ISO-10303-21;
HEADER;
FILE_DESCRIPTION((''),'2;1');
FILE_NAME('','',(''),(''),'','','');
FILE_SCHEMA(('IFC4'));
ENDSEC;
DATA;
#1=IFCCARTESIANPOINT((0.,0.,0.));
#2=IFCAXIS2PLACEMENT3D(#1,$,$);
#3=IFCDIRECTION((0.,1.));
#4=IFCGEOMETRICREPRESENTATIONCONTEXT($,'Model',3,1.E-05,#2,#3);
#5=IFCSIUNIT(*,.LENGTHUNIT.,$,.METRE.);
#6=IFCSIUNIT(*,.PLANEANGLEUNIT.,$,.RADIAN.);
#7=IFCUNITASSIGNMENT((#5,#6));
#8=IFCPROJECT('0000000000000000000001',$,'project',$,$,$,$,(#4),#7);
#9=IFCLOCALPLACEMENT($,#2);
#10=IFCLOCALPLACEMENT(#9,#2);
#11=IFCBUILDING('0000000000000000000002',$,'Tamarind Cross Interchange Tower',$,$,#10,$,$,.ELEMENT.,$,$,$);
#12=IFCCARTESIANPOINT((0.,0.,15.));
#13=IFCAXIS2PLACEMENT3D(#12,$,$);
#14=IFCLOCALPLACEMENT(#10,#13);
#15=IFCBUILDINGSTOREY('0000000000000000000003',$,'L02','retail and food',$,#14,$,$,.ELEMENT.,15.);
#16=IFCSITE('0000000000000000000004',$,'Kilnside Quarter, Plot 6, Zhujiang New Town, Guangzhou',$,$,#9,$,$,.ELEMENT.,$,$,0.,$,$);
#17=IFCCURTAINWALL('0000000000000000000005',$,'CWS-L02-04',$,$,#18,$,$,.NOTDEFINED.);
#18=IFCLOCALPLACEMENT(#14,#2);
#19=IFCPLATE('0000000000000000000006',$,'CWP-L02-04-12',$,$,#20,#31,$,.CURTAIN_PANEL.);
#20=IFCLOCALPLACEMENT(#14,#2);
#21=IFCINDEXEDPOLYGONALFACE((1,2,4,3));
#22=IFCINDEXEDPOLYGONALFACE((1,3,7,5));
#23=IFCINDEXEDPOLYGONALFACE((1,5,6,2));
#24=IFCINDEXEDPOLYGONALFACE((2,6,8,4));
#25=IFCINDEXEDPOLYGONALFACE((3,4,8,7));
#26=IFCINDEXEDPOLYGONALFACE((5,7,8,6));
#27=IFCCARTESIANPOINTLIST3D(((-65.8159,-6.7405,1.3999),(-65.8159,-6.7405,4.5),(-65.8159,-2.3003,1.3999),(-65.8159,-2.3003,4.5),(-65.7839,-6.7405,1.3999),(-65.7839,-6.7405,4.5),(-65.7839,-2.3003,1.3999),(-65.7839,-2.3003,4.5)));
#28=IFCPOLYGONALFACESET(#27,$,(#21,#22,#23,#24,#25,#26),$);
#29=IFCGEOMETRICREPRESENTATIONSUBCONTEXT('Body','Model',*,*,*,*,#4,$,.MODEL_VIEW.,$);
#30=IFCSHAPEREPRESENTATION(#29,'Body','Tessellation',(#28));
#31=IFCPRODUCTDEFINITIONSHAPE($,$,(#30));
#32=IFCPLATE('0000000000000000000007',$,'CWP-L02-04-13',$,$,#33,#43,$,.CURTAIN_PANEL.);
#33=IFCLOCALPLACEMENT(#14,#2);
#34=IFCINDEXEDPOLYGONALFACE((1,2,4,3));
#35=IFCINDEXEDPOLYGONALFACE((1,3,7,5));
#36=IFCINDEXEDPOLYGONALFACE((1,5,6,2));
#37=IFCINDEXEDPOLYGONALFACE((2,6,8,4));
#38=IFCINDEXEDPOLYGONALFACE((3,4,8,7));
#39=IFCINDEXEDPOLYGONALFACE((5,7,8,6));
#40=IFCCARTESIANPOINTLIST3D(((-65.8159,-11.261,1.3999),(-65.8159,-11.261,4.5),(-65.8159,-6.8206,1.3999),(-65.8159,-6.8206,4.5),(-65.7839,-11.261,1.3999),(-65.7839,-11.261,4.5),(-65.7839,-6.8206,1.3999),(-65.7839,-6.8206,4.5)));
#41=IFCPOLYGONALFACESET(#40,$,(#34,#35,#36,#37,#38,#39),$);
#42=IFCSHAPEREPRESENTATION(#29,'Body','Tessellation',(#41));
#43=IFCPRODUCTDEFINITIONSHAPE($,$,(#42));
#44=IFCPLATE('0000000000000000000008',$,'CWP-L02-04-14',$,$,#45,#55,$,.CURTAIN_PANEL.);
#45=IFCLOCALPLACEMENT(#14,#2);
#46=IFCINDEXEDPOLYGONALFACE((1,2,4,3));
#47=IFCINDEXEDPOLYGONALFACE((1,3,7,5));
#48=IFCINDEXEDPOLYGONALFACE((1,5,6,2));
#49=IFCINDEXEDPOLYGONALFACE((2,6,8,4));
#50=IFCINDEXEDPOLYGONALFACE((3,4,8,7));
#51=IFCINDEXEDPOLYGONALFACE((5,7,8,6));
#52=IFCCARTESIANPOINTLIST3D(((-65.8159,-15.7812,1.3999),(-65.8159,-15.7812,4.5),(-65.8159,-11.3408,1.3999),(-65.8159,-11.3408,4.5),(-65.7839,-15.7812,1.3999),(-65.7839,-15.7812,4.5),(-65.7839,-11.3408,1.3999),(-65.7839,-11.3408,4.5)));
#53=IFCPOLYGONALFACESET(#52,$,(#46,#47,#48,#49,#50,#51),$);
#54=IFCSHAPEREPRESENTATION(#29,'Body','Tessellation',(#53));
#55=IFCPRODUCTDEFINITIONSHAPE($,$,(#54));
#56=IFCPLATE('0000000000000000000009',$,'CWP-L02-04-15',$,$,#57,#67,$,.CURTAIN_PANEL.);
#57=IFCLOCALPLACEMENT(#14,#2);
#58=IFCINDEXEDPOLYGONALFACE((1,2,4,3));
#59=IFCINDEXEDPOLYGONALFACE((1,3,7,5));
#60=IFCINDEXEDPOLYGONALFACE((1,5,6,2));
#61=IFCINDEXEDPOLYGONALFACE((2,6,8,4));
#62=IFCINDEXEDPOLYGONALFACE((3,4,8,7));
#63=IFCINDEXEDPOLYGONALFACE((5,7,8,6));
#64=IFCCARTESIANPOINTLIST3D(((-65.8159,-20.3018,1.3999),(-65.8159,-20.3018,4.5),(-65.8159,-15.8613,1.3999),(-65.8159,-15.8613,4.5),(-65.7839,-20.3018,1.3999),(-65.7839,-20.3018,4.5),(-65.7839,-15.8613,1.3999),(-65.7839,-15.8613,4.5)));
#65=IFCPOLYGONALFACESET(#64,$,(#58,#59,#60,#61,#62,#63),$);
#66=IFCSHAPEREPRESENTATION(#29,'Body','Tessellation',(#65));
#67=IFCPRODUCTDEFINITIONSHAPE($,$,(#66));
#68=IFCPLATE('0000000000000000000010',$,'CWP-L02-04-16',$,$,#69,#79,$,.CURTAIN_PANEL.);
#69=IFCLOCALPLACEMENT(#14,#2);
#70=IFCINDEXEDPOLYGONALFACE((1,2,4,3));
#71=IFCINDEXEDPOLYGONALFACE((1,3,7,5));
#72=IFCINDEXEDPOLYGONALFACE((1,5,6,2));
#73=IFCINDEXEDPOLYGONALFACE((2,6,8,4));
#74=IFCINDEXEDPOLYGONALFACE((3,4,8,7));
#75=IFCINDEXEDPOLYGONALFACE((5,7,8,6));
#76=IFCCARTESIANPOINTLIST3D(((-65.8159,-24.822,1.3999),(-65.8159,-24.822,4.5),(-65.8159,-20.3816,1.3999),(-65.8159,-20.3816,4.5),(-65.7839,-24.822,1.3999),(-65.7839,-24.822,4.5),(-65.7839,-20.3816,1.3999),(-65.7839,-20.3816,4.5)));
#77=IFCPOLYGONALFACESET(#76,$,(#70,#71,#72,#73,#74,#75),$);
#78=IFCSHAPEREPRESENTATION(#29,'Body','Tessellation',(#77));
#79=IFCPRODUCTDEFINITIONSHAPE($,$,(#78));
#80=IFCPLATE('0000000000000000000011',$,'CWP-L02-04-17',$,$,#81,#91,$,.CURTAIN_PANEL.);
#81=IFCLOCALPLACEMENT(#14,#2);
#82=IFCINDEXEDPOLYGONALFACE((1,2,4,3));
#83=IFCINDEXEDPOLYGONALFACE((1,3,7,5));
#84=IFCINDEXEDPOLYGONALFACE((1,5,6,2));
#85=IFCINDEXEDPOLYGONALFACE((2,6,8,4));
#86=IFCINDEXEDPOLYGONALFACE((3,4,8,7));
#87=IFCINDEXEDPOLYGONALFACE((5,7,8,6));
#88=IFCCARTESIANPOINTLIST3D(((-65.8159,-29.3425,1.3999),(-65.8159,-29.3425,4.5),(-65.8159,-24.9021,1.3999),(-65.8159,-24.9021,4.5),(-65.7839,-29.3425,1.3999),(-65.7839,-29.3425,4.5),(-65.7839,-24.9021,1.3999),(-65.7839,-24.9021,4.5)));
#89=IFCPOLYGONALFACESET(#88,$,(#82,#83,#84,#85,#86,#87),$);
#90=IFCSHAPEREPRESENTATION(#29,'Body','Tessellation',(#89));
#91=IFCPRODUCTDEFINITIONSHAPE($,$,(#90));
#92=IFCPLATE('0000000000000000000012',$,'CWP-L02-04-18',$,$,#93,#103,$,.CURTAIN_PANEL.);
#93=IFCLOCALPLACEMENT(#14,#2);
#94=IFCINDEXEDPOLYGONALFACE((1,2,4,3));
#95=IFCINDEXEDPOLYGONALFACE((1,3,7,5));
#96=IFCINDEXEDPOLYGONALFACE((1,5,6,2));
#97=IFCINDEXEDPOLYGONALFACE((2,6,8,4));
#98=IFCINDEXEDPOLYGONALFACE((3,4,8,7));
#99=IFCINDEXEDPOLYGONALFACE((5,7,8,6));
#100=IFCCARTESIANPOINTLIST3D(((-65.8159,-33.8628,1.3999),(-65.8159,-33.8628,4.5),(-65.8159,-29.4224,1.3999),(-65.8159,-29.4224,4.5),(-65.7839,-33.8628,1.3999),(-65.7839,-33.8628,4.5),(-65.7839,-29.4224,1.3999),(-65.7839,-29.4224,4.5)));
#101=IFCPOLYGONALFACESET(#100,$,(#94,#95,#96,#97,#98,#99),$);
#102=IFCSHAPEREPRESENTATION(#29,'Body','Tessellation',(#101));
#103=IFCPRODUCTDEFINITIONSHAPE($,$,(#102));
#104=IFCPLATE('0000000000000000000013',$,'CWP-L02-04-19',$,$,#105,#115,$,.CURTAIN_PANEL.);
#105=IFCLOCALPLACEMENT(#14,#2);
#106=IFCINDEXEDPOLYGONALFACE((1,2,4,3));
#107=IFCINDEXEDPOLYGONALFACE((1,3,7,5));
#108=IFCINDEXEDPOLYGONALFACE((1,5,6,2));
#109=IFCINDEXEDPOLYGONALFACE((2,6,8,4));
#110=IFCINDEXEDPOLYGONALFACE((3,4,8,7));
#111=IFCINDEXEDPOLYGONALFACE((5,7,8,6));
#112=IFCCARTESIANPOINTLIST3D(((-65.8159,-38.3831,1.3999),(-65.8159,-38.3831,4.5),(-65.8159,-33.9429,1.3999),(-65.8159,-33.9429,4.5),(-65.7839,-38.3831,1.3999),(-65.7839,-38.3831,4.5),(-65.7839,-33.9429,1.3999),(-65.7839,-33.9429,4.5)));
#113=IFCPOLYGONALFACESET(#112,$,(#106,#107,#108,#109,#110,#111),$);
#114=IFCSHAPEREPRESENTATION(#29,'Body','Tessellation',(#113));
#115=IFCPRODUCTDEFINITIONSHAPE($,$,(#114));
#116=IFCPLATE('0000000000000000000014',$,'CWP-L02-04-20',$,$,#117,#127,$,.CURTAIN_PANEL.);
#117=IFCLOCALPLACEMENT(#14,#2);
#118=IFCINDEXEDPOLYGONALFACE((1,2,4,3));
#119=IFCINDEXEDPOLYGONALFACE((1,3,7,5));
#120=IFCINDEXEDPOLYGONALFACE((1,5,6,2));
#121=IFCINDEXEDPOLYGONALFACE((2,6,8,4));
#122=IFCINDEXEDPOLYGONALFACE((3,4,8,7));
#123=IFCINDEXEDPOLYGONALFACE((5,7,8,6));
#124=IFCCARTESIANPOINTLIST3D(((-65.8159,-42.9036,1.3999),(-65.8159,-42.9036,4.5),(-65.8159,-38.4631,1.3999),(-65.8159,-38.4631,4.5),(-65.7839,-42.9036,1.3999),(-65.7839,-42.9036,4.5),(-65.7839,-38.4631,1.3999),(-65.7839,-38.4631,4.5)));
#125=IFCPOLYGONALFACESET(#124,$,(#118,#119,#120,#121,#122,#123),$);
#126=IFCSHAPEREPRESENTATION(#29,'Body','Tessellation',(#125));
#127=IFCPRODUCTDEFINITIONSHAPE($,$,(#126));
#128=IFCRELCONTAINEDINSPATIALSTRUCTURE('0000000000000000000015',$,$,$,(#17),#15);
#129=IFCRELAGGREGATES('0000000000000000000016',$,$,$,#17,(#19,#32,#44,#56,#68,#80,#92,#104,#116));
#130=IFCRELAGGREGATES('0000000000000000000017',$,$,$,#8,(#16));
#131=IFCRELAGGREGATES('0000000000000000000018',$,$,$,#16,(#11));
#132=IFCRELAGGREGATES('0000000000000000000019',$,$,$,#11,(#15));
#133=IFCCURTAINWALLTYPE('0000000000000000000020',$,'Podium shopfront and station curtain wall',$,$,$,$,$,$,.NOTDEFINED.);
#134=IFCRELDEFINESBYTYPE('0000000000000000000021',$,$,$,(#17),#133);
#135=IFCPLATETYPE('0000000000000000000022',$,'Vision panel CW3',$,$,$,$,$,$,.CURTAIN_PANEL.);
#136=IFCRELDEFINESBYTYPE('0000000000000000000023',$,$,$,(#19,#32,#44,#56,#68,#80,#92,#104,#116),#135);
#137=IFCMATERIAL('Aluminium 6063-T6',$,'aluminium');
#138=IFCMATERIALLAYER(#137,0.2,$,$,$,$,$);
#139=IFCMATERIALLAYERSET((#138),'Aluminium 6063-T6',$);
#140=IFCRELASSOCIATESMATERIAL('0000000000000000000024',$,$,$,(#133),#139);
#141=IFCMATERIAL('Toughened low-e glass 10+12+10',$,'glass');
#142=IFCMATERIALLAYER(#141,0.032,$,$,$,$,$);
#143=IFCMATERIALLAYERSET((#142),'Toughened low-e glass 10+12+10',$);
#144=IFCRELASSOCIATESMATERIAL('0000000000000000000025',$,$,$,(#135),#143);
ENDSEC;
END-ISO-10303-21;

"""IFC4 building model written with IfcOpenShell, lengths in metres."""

from ifc_helpers import new_model, si_unit, direction, frame, origin, place, context, subcontext, project, spatial, polyline, outline, extrude, material, layer, layer_set, type_object, element, aggregate, save


model = new_model("IFC4")

# Units and contexts
model_context = context("Model", 3, precision=1e-05, world=origin(), true_north=direction((0.0, 1.0)))
body_context = subcontext(model_context, "Body", "Model", "MODEL_VIEW")
ifc_project = project(units=[si_unit("LENGTHUNIT", "METRE"), si_unit("PLANEANGLEUNIT", "RADIAN")], contexts=[model_context])

# Site, building, storey
site_placement = place(None, origin())
site = spatial("IfcSite", under=ifc_project, at=site_placement, Name="Kilnside Quarter, Plot 6, Zhujiang New Town, Guangzhou", CompositionType="ELEMENT", RefElevation=0.0)
building_placement = place(site_placement, origin())
building = spatial("IfcBuilding", under=site, at=building_placement, Name="Tamarind Cross Interchange Tower", CompositionType="ELEMENT")
storey_placement = place(building_placement, frame((0.0, 0.0, 15.0)))
storey = spatial("IfcBuildingStorey", under=building, at=storey_placement, Name="L02", Description="retail and food", CompositionType="ELEMENT", Elevation=15.0)

# Shared definitions
ifc_material_1 = material(Name="Aluminium 6063-T6", Category="aluminium")
ifc_layer_1 = layer(ifc_material_1, 0.2)
ifc_layer_set_1 = layer_set([ifc_layer_1], Name="Aluminium 6063-T6")
curtain_wall_type = type_object("IfcCurtainWallType", Name="Podium shopfront and station curtain wall", PredefinedType="NOTDEFINED", material=ifc_layer_set_1)
ifc_material_2 = material(Name="Toughened low-e glass 10+12+10", Category="glass")
ifc_layer_2 = layer(ifc_material_2, 0.032)
ifc_layer_set_2 = layer_set([ifc_layer_2], Name="Toughened low-e glass 10+12+10")
plate_type = type_object("IfcPlateType", Name="Vision panel CW3", PredefinedType="CURTAIN_PANEL", material=ifc_layer_set_2)

# Curtain wall, plates
curtain_wall_1_placement = place(storey_placement, origin())
curtain_wall_1 = element("IfcCurtainWall", 1, at=curtain_wall_1_placement, inside=storey, type_object=curtain_wall_type, Name="CWS-L02-04", PredefinedType="NOTDEFINED")
plate_1_placement = place(storey_placement, frame((0.0, 0.0, 1.3999)))
plate_1 = element("IfcPlate", 2, at=plate_1_placement, type_object=plate_type, Name="CWP-L02-04-12", PredefinedType="CURTAIN_PANEL", context=body_context, shape_type="SweptSolid", body=[
    extrude(outline(polyline([(-65.7839, -2.3003), (-65.7839, -6.7405), (-65.8159, -6.7405), (-65.8159, -2.3003), (-65.7839, -2.3003)])), origin(), (0.0, 0.0, 1.0), 3.1001),
])
plate_2_placement = place(storey_placement, frame((0.0, 0.0, 1.3999)))
plate_2 = element("IfcPlate", 3, at=plate_2_placement, type_object=plate_type, Name="CWP-L02-04-13", PredefinedType="CURTAIN_PANEL", context=body_context, shape_type="SweptSolid", body=[
    extrude(outline(polyline([(-65.7839, -6.8206), (-65.7839, -11.261), (-65.8159, -11.261), (-65.8159, -6.8206), (-65.7839, -6.8206)])), origin(), (0.0, 0.0, 1.0), 3.1001),
])
plate_3_placement = place(storey_placement, frame((0.0, 0.0, 1.3999)))
plate_3 = element("IfcPlate", 4, at=plate_3_placement, type_object=plate_type, Name="CWP-L02-04-14", PredefinedType="CURTAIN_PANEL", context=body_context, shape_type="SweptSolid", body=[
    extrude(outline(polyline([(-65.7839, -11.3408), (-65.7839, -15.7812), (-65.8159, -15.7812), (-65.8159, -11.3408), (-65.7839, -11.3408)])), origin(), (0.0, 0.0, 1.0), 3.1001),
])
plate_4_placement = place(storey_placement, frame((0.0, 0.0, 1.3999)))
plate_4 = element("IfcPlate", 5, at=plate_4_placement, type_object=plate_type, Name="CWP-L02-04-15", PredefinedType="CURTAIN_PANEL", context=body_context, shape_type="SweptSolid", body=[
    extrude(outline(polyline([(-65.7839, -15.8613), (-65.7839, -20.3018), (-65.8159, -20.3018), (-65.8159, -15.8613), (-65.7839, -15.8613)])), origin(), (0.0, 0.0, 1.0), 3.1001),
])
plate_5_placement = place(storey_placement, frame((0.0, 0.0, 1.3999)))
plate_5 = element("IfcPlate", 6, at=plate_5_placement, type_object=plate_type, Name="CWP-L02-04-16", PredefinedType="CURTAIN_PANEL", context=body_context, shape_type="SweptSolid", body=[
    extrude(outline(polyline([(-65.7839, -20.3816), (-65.7839, -24.822), (-65.8159, -24.822), (-65.8159, -20.3816), (-65.7839, -20.3816)])), origin(), (0.0, 0.0, 1.0), 3.1001),
])
plate_6_placement = place(storey_placement, frame((0.0, 0.0, 1.3999)))
plate_6 = element("IfcPlate", 7, at=plate_6_placement, type_object=plate_type, Name="CWP-L02-04-17", PredefinedType="CURTAIN_PANEL", context=body_context, shape_type="SweptSolid", body=[
    extrude(outline(polyline([(-65.7839, -24.9021), (-65.7839, -29.3425), (-65.8159, -29.3425), (-65.8159, -24.9021), (-65.7839, -24.9021)])), origin(), (0.0, 0.0, 1.0), 3.1001),
])
plate_7_placement = place(storey_placement, frame((0.0, 0.0, 1.3999)))
plate_7 = element("IfcPlate", 8, at=plate_7_placement, type_object=plate_type, Name="CWP-L02-04-18", PredefinedType="CURTAIN_PANEL", context=body_context, shape_type="SweptSolid", body=[
    extrude(outline(polyline([(-65.7839, -29.4224), (-65.7839, -33.8628), (-65.8159, -33.8628), (-65.8159, -29.4224), (-65.7839, -29.4224)])), origin(), (0.0, 0.0, 1.0), 3.1001),
])
plate_8_placement = place(storey_placement, frame((0.0, 0.0, 1.3999)))
plate_8 = element("IfcPlate", 9, at=plate_8_placement, type_object=plate_type, Name="CWP-L02-04-19", PredefinedType="CURTAIN_PANEL", context=body_context, shape_type="SweptSolid", body=[
    extrude(outline(polyline([(-65.7839, -33.9429), (-65.7839, -38.3831), (-65.8159, -38.3831), (-65.8159, -33.9429), (-65.7839, -33.9429)])), origin(), (0.0, 0.0, 1.0), 3.1001),
])
plate_9_placement = place(storey_placement, frame((0.0, 0.0, 1.3999)))
plate_9 = element("IfcPlate", 10, at=plate_9_placement, type_object=plate_type, Name="CWP-L02-04-20", PredefinedType="CURTAIN_PANEL", context=body_context, shape_type="SweptSolid", body=[
    extrude(outline(polyline([(-65.7839, -38.4631), (-65.7839, -42.9036), (-65.8159, -42.9036), (-65.8159, -38.4631), (-65.7839, -38.4631)])), origin(), (0.0, 0.0, 1.0), 3.1001),
])
aggregate(curtain_wall_1, [plate_1, plate_2, plate_3, plate_4, plate_5, plate_6, plate_7, plate_8, plate_9])

save(model, "model.ifc")
